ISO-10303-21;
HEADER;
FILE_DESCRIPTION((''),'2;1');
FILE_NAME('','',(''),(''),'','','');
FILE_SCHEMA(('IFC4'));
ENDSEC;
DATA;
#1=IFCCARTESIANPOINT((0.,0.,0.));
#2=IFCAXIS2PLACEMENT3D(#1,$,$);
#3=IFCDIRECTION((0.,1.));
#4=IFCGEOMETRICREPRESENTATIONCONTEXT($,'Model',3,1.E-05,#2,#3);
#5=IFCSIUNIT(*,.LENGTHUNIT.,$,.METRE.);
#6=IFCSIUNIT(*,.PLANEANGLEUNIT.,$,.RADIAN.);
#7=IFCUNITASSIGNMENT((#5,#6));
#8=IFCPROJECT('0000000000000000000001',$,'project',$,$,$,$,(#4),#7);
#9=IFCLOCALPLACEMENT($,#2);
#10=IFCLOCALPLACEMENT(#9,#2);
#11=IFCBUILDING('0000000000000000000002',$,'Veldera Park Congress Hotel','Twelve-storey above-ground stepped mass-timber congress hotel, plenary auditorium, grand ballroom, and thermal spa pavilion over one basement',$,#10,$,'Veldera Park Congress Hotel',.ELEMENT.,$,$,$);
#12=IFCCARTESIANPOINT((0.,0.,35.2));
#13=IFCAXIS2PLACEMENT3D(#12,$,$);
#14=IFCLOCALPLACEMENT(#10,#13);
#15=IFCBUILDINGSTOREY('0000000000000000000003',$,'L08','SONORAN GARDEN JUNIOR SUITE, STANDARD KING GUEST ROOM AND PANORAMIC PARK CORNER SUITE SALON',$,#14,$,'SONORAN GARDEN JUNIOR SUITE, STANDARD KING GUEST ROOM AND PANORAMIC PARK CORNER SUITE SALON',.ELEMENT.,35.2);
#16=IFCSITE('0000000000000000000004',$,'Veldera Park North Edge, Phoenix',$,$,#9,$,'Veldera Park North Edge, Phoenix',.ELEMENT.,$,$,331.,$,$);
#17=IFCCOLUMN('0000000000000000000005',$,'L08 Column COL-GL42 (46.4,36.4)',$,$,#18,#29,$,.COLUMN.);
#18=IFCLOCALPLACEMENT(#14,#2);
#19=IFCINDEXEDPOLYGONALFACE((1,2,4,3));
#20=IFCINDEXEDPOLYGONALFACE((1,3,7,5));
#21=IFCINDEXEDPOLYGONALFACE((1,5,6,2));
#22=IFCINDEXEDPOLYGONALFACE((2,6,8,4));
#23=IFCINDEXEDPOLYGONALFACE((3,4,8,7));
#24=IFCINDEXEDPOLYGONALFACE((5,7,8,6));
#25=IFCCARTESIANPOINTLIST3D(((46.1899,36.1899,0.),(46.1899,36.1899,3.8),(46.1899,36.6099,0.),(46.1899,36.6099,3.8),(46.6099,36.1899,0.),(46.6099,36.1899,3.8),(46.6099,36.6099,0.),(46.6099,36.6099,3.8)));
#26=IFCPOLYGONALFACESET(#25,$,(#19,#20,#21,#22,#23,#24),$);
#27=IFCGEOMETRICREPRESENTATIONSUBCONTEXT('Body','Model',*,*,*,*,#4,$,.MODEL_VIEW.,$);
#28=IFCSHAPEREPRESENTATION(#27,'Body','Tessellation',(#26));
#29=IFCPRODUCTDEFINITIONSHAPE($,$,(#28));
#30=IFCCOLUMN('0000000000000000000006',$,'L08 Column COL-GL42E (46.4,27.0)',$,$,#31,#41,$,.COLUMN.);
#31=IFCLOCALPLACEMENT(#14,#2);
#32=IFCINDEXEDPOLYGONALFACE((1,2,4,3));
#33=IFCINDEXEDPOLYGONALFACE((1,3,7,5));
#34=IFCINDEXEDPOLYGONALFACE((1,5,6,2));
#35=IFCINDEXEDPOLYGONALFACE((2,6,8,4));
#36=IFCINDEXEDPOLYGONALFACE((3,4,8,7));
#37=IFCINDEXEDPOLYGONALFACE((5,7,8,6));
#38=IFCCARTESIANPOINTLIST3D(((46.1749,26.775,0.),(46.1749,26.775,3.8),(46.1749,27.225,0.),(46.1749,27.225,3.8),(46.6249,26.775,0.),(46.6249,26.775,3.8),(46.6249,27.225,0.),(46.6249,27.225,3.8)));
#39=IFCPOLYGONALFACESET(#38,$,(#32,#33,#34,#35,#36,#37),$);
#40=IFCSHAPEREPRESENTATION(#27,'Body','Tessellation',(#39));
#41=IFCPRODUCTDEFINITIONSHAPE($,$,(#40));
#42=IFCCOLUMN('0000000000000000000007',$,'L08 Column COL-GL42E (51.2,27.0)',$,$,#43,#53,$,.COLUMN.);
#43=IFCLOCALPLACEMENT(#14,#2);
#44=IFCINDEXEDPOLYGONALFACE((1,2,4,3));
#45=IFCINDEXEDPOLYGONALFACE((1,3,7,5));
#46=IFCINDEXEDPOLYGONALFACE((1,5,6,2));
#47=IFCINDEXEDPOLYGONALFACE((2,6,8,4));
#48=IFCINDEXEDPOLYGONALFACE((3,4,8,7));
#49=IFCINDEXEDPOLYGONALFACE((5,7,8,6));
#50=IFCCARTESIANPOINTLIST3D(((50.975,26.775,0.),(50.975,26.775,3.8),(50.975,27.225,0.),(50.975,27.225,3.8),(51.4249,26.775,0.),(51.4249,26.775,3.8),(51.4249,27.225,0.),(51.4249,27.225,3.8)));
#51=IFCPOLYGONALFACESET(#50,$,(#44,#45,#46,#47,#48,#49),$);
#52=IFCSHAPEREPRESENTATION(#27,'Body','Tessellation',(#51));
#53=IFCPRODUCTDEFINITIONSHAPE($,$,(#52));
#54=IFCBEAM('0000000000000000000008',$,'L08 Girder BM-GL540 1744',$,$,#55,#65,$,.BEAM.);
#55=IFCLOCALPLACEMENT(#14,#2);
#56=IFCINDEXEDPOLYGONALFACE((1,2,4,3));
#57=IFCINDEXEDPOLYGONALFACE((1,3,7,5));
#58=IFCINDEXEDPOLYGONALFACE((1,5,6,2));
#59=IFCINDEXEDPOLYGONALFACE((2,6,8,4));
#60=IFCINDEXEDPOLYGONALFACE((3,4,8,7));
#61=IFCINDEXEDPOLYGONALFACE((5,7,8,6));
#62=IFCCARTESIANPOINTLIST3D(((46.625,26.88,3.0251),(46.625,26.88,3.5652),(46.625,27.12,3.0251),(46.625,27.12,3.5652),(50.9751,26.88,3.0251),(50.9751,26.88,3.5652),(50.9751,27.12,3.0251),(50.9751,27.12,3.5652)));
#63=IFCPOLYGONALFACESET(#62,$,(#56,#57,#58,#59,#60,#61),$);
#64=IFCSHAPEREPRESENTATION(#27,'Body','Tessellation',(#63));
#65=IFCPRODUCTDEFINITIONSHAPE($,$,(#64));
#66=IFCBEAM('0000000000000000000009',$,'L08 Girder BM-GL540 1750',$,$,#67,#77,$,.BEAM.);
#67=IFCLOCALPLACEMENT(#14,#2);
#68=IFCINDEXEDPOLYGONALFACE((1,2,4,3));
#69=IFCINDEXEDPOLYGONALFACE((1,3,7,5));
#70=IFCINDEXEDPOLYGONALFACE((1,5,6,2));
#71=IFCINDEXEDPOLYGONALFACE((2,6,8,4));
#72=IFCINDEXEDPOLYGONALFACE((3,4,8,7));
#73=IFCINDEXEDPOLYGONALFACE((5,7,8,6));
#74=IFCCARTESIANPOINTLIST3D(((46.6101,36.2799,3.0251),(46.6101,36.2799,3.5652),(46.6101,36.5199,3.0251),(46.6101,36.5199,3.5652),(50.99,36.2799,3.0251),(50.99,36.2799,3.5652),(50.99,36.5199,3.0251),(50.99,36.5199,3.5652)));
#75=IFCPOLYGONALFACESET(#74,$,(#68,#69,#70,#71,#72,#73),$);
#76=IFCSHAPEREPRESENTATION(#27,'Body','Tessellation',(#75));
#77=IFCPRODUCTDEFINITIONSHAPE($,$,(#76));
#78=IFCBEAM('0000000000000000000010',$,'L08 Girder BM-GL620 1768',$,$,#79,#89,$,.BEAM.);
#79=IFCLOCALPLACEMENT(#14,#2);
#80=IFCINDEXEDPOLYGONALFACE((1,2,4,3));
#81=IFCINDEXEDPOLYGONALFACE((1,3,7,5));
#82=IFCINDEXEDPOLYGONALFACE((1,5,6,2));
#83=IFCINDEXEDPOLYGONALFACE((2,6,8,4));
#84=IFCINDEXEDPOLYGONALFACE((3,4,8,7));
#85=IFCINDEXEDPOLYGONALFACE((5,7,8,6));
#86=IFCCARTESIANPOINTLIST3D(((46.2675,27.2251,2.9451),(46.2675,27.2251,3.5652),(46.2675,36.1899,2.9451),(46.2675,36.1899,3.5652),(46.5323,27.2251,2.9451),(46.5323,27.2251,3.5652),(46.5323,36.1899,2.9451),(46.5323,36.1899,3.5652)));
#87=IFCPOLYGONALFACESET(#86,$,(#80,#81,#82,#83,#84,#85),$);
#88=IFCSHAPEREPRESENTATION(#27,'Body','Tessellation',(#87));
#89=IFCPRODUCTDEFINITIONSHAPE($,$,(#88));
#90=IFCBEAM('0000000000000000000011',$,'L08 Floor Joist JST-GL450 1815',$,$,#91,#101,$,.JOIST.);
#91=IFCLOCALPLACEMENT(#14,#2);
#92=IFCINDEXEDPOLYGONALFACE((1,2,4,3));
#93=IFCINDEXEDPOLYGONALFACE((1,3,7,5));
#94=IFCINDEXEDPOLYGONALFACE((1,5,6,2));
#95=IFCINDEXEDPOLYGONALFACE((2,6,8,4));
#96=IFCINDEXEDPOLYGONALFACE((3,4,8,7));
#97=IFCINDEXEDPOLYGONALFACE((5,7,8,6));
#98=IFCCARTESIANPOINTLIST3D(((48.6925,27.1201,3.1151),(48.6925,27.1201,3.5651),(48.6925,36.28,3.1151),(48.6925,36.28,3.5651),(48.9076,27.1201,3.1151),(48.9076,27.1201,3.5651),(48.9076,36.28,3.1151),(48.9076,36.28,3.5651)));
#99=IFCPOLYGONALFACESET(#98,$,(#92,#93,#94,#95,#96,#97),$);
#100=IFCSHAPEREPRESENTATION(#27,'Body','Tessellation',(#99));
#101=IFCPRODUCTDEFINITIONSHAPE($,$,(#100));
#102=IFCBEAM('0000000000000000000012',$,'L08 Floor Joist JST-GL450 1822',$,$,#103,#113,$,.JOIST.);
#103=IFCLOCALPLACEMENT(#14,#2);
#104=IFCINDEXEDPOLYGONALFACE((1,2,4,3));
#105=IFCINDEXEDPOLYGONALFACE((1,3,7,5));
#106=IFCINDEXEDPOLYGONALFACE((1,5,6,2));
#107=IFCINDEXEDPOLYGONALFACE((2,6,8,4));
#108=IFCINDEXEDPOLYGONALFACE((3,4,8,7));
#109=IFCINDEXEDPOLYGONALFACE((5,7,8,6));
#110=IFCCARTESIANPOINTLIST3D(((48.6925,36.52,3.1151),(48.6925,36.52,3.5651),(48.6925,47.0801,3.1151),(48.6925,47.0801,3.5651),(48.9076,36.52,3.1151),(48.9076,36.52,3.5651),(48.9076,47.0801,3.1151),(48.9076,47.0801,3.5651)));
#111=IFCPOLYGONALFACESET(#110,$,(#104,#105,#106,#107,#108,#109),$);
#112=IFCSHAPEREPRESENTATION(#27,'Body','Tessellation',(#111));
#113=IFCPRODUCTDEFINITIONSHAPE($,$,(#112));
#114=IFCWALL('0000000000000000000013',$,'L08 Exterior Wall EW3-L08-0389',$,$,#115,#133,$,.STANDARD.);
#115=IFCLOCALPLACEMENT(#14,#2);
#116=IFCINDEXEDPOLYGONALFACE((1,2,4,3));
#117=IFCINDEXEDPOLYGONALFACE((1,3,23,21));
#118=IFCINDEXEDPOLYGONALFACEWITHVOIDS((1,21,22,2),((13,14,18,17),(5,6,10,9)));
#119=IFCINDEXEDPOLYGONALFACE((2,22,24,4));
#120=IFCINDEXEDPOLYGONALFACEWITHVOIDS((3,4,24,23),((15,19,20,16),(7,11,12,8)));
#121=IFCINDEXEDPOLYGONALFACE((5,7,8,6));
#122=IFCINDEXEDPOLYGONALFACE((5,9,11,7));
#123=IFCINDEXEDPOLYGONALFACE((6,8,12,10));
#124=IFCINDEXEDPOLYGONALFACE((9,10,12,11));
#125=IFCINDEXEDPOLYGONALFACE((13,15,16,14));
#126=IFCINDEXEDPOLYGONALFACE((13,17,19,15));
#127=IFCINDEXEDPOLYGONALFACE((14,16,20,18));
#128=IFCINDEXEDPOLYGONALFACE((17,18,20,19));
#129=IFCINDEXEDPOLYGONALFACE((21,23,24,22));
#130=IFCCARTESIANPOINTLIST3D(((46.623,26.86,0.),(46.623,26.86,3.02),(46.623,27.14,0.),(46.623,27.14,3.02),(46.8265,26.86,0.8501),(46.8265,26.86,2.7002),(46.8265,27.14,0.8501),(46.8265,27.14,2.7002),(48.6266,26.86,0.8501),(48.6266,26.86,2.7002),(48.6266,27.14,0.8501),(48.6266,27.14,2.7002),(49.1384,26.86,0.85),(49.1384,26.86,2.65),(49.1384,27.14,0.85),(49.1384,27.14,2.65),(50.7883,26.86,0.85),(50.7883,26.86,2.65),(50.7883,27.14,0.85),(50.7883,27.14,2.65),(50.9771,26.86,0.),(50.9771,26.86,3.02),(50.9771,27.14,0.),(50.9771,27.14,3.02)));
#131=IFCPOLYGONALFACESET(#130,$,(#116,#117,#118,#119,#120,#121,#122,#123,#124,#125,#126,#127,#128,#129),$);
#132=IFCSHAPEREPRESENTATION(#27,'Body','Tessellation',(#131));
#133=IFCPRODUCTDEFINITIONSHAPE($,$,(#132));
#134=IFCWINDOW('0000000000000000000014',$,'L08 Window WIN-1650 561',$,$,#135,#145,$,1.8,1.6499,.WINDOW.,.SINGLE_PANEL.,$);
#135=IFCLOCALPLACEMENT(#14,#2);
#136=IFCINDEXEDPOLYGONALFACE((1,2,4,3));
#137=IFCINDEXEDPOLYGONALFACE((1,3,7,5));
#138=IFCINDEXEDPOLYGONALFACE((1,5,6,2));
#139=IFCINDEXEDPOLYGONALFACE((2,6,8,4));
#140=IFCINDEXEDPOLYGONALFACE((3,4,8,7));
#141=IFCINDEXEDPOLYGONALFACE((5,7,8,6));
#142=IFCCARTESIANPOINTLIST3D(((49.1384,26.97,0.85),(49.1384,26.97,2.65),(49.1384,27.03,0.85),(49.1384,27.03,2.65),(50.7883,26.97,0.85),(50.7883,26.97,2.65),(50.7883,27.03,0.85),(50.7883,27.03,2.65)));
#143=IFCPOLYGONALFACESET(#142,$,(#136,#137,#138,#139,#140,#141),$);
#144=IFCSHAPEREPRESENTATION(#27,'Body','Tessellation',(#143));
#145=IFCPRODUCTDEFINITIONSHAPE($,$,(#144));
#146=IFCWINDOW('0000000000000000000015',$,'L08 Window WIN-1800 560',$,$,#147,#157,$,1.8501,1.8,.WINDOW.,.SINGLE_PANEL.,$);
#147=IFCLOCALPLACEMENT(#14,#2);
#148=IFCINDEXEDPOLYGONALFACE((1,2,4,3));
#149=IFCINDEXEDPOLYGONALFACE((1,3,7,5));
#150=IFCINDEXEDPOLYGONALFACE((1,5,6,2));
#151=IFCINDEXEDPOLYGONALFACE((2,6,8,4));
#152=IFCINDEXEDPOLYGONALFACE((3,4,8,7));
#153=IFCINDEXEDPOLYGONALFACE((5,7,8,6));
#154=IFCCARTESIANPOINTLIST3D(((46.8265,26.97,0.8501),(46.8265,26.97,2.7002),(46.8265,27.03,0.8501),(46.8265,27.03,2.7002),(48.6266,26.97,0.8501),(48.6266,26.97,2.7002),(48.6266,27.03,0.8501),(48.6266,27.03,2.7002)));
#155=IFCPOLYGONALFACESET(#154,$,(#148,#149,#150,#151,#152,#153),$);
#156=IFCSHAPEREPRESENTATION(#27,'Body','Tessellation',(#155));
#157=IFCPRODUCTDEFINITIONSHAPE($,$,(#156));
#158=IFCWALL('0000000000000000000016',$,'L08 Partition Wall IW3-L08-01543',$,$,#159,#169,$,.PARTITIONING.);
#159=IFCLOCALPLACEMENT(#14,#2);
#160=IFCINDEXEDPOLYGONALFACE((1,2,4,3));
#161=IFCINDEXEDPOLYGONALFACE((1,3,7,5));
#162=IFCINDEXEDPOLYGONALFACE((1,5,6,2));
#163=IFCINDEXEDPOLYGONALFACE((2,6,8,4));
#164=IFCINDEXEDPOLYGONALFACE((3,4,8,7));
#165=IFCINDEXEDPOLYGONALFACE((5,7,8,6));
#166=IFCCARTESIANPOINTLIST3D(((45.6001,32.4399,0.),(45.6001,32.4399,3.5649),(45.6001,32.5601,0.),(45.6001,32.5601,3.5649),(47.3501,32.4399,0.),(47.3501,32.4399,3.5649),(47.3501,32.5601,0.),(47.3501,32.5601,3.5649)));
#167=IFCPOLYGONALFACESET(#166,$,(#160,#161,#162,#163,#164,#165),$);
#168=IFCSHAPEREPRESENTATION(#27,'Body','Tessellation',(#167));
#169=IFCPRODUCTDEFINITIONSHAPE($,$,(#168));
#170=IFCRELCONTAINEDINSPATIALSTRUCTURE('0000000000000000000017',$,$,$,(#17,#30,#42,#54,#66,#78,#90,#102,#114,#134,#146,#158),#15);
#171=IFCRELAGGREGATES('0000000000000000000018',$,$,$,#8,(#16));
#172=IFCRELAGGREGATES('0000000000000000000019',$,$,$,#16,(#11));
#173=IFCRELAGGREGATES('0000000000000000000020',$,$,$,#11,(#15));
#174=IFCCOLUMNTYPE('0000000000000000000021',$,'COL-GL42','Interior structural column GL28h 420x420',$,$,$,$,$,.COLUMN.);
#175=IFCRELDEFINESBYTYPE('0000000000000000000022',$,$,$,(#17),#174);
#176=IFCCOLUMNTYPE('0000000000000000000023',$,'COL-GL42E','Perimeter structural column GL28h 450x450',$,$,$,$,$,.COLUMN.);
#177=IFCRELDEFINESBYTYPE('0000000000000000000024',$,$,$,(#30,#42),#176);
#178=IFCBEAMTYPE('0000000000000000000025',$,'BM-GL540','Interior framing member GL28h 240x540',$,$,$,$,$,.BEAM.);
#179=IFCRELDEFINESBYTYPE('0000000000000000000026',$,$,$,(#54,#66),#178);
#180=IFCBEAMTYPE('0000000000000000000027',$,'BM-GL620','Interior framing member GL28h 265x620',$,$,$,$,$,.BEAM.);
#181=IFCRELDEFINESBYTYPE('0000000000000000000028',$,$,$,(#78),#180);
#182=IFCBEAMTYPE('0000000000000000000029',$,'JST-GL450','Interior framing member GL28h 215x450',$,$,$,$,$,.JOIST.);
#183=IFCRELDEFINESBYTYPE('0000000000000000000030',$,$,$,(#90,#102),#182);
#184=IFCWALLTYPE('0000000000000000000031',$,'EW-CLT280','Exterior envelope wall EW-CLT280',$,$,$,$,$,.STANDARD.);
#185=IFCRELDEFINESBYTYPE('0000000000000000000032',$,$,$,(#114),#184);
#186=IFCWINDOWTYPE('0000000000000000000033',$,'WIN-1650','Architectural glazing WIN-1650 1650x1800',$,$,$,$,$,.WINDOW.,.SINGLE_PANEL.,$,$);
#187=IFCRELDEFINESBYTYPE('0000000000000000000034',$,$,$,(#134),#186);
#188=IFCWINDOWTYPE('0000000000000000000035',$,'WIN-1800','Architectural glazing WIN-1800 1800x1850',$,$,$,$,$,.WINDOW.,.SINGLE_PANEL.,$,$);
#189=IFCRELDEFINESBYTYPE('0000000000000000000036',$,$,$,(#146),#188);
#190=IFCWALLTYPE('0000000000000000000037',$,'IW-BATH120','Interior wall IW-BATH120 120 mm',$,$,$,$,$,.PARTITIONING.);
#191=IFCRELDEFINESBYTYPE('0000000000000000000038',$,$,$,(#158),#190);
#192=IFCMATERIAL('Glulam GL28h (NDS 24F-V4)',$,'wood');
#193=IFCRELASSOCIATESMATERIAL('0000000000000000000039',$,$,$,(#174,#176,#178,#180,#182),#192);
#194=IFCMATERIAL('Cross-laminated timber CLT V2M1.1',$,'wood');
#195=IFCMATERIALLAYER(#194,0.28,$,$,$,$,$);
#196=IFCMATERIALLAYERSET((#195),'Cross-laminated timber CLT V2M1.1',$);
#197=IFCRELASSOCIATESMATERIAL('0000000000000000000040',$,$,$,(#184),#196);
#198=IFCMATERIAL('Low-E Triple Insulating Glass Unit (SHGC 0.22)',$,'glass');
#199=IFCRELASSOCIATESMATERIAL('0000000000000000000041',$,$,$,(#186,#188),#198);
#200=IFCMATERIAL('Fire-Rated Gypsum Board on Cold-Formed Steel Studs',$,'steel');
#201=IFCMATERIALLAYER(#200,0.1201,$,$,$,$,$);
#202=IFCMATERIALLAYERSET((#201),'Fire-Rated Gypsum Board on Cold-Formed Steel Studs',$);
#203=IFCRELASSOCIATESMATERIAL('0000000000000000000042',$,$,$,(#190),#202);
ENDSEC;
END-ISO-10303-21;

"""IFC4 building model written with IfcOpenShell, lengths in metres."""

from ifc_helpers import new_model, si_unit, direction, frame, frame_2d, origin, origin_2d, place, context, subcontext, project, spatial, rectangle, extrude, material, layer, layer_set, material_profile, profile_set, type_object, element, fill, save


model = new_model("IFC4")

# Units and contexts
model_context = context("Model", 3, precision=1e-05, world=origin(), true_north=direction((0.0, 1.0)))
body_context = subcontext(model_context, "Body", "Model", "MODEL_VIEW")
ifc_project = project(units=[si_unit("LENGTHUNIT", "METRE"), si_unit("PLANEANGLEUNIT", "RADIAN")], contexts=[model_context])

# Site, building, storey
site_placement = place(None, origin())
site = spatial("IfcSite", under=ifc_project, at=site_placement, Name="Veldera Park North Edge, Phoenix", LongName="Veldera Park North Edge, Phoenix", CompositionType="ELEMENT", RefElevation=331.0)
building_placement = place(site_placement, origin())
building = spatial("IfcBuilding", under=site, at=building_placement, Name="Veldera Park Congress Hotel", Description="Twelve-storey above-ground stepped mass-timber congress hotel, plenary auditorium, grand ballroom, and thermal spa pavilion over one basement", LongName="Veldera Park Congress Hotel", CompositionType="ELEMENT")
storey_placement = place(building_placement, frame((0.0, 0.0, 35.2)))
storey = spatial("IfcBuildingStorey", under=building, at=storey_placement, Name="L08", Description="SONORAN GARDEN JUNIOR SUITE, STANDARD KING GUEST ROOM AND PANORAMIC PARK CORNER SUITE SALON", LongName="SONORAN GARDEN JUNIOR SUITE, STANDARD KING GUEST ROOM AND PANORAMIC PARK CORNER SUITE SALON", CompositionType="ELEMENT", Elevation=35.2)

# Columns
ifc_material_1 = material(Name="Glulam GL28h (NDS 24F-V4)", Category="wood")
ifc_material_profile_1 = material_profile(ifc_material_1, rectangle(XDim=0.4199, YDim=0.4199, at=origin_2d()), Name="GL28h 420x420")
ifc_profile_set_1 = profile_set([ifc_material_profile_1], Name="Glulam GL28h (NDS 24F-V4)")
column_type_1 = type_object("IfcColumnType", Name="COL-GL42", Description="Interior structural column GL28h 420x420", PredefinedType="COLUMN", material=ifc_profile_set_1)
column_placement = place(storey_placement, frame((46.3999, 36.3999, 0.0), z_axis=(0.0, 0.0, 1.0), x_axis=(1.0, 0.0, 0.0)))
element("IfcColumn", 1, at=column_placement, inside=storey, type_object=column_type_1, Name="L08 Column COL-GL42 (46.4,36.4)", PredefinedType="COLUMN", context=body_context, shape_type="SweptSolid", body=[
    extrude(rectangle(XDim=0.4199, YDim=0.4199, at=origin_2d()), origin(), (0.0, 0.0, 1.0), 3.8),
])
ifc_material_profile_2 = material_profile(ifc_material_1, rectangle(XDim=0.45, YDim=0.45, at=origin_2d()), Name="GL28h 450x450")
ifc_profile_set_2 = profile_set([ifc_material_profile_2], Name="Glulam GL28h (NDS 24F-V4)")
column_type_2 = type_object("IfcColumnType", Name="COL-GL42E", Description="Perimeter structural column GL28h 450x450", PredefinedType="COLUMN", material=ifc_profile_set_2)
for number, where, z_axis, x_axis, name in (
    (2, (46.3999, 27.0, 0.0), (0.0, 0.0, 1.0), (1.0, 0.0, 0.0), "L08 Column COL-GL42E (46.4,27.0)"),
    (3, (51.2, 27.0, 0.0), (0.0, 0.0, 1.0), (1.0, 0.0, 0.0), "L08 Column COL-GL42E (51.2,27.0)"),
):
    element("IfcColumn", number, at=place(storey_placement, frame(where, z_axis=z_axis, x_axis=x_axis)), inside=storey, type_object=column_type_2, Name=name, PredefinedType="COLUMN", context=body_context, shape_type="SweptSolid", body=[
        extrude(rectangle(XDim=0.45, YDim=0.45, at=origin_2d()), origin(), (0.0, 0.0, 1.0), 3.8),
    ])

# Beams
ifc_material_profile_3 = material_profile(ifc_material_1, rectangle(XDim=0.24, YDim=0.54, at=origin_2d()), Name="GL28h 240x540")
ifc_profile_set_3 = profile_set([ifc_material_profile_3], Name="Glulam GL28h (NDS 24F-V4)")
beam_type_1 = type_object("IfcBeamType", Name="BM-GL540", Description="Interior framing member GL28h 240x540", PredefinedType="BEAM", material=ifc_profile_set_3)
beam_1_placement = place(storey_placement, frame((46.625, 27.0, 3.2952), z_axis=(1.0, 0.0, 0.0), x_axis=(0.0, 1.0, 0.0)))
element("IfcBeam", 4, at=beam_1_placement, inside=storey, type_object=beam_type_1, Name="L08 Girder BM-GL540 1744", PredefinedType="BEAM", context=body_context, shape_type="SweptSolid", body=[
    extrude(rectangle(XDim=0.24, YDim=0.54, at=origin_2d()), origin(), (0.0, 0.0, 1.0), 4.3501),
])
beam_2_placement = place(storey_placement, frame((46.6101, 36.3999, 3.2952), z_axis=(1.0, 0.0, 0.0), x_axis=(0.0, 1.0, 0.0)))
element("IfcBeam", 5, at=beam_2_placement, inside=storey, type_object=beam_type_1, Name="L08 Girder BM-GL540 1750", PredefinedType="BEAM", context=body_context, shape_type="SweptSolid", body=[
    extrude(rectangle(XDim=0.24, YDim=0.54, at=origin_2d()), origin(), (0.0, 0.0, 1.0), 4.3799),
])
ifc_material_profile_4 = material_profile(ifc_material_1, rectangle(XDim=0.2649, YDim=0.6201, at=origin_2d()), Name="GL28h 265x620")
ifc_profile_set_4 = profile_set([ifc_material_profile_4], Name="Glulam GL28h (NDS 24F-V4)")
beam_type_2 = type_object("IfcBeamType", Name="BM-GL620", Description="Interior framing member GL28h 265x620", PredefinedType="BEAM", material=ifc_profile_set_4)
beam_3_placement = place(storey_placement, frame((46.3999, 27.2251, 3.2551), z_axis=(0.0, 1.0, 0.0), x_axis=(-1.0, 0.0, 0.0)))
element("IfcBeam", 6, at=beam_3_placement, inside=storey, type_object=beam_type_2, Name="L08 Girder BM-GL620 1768", PredefinedType="BEAM", context=body_context, shape_type="SweptSolid", body=[
    extrude(rectangle(XDim=0.2649, YDim=0.6201, at=origin_2d()), origin(), (0.0, 0.0, 1.0), 8.9648),
])
ifc_material_profile_5 = material_profile(ifc_material_1, rectangle(XDim=0.2151, YDim=0.45, at=origin_2d()), Name="GL28h 215x450")
ifc_profile_set_5 = profile_set([ifc_material_profile_5], Name="Glulam GL28h (NDS 24F-V4)")
beam_type_3 = type_object("IfcBeamType", Name="JST-GL450", Description="Interior framing member GL28h 215x450", PredefinedType="JOIST", material=ifc_profile_set_5)
beam_4_placement = place(storey_placement, frame((48.8, 27.1201, 3.3401), z_axis=(0.0, 1.0, 0.0), x_axis=(-1.0, 0.0, 0.0)))
element("IfcBeam", 7, at=beam_4_placement, inside=storey, type_object=beam_type_3, Name="L08 Floor Joist JST-GL450 1815", PredefinedType="JOIST", context=body_context, shape_type="SweptSolid", body=[
    extrude(rectangle(XDim=0.2151, YDim=0.45, at=origin_2d()), origin(), (0.0, 0.0, 1.0), 9.1599),
])
beam_5_placement = place(storey_placement, frame((48.8, 36.52, 3.3401), z_axis=(0.0, 1.0, 0.0), x_axis=(-1.0, 0.0, 0.0)))
element("IfcBeam", 8, at=beam_5_placement, inside=storey, type_object=beam_type_3, Name="L08 Floor Joist JST-GL450 1822", PredefinedType="JOIST", context=body_context, shape_type="SweptSolid", body=[
    extrude(rectangle(XDim=0.2151, YDim=0.45, at=origin_2d()), origin(), (0.0, 0.0, 1.0), 10.5601),
])

# Wall, openings, windows
ifc_material_2 = material(Name="Cross-laminated timber CLT V2M1.1", Category="wood")
ifc_layer_1 = layer(ifc_material_2, 0.28)
ifc_layer_set_1 = layer_set([ifc_layer_1], Name="Cross-laminated timber CLT V2M1.1")
wall_type_1 = type_object("IfcWallType", Name="EW-CLT280", Description="Exterior envelope wall EW-CLT280", PredefinedType="STANDARD", material=ifc_layer_set_1)
wall_1_placement = place(storey_placement, frame((46.623, 27.0, 0.0), z_axis=(0.0, 0.0, 1.0), x_axis=(1.0, 0.0, 0.0)))
wall_1 = element("IfcWall", 9, at=wall_1_placement, inside=storey, type_object=wall_type_1, Name="L08 Exterior Wall EW3-L08-0389", PredefinedType="STANDARD", context=body_context, shape_type="SweptSolid", body=[
    extrude(rectangle(XDim=4.354, YDim=0.28, at=frame_2d((2.177, 0.0))), origin(), (0.0, 0.0, 1.0), 3.02),
])
opening_1_placement = place(wall_1_placement, frame((0.2036, 0.0, 0.8501)))
opening_1 = element("IfcOpeningElement", 10, at=opening_1_placement, cuts=wall_1, PredefinedType="OPENING", context=body_context, shape_type="SweptSolid", body=[
    extrude(rectangle(XDim=1.8, YDim=1.8501, at=frame_2d((0.8999, 0.925))), frame((0.0, 0.1521, 0.0), z_axis=(0.0, -1.0, 0.0), x_axis=(1.0, 0.0, 0.0)), (0.0, 0.0, 1.0), 0.304),
])
opening_2_placement = place(wall_1_placement, frame((2.5154, 0.0, 0.8501)))
opening_2 = element("IfcOpeningElement", 11, at=opening_2_placement, cuts=wall_1, PredefinedType="OPENING", context=body_context, shape_type="SweptSolid", body=[
    extrude(rectangle(XDim=1.6499, YDim=1.8, at=frame_2d((0.825, 0.8999))), frame((0.0, 0.1521, 0.0), z_axis=(0.0, -1.0, 0.0), x_axis=(1.0, 0.0, 0.0)), (0.0, 0.0, 1.0), 0.304),
])
ifc_material_3 = material(Name="Low-E Triple Insulating Glass Unit (SHGC 0.22)", Category="glass")
window_type_1 = type_object("IfcWindowType", Name="WIN-1650", Description="Architectural glazing WIN-1650 1650x1800", PartitioningType="SINGLE_PANEL", PredefinedType="WINDOW", material=ifc_material_3)
window_1_placement = place(opening_2_placement, origin())
window_1 = element("IfcWindow", 12, at=window_1_placement, inside=storey, type_object=window_type_1, Name="L08 Window WIN-1650 561", OverallHeight=1.8, OverallWidth=1.6499, PartitioningType="SINGLE_PANEL", PredefinedType="WINDOW", context=body_context, shape_type="SweptSolid", body=[
    extrude(rectangle(XDim=1.6499, YDim=1.8, at=frame_2d((0.825, 0.8999))), frame((0.0, 0.03, 0.0), z_axis=(0.0, -1.0, 0.0), x_axis=(1.0, 0.0, 0.0)), (0.0, 0.0, 1.0), 0.0601),
])
fill(opening_2, window_1)
window_type_2 = type_object("IfcWindowType", Name="WIN-1800", Description="Architectural glazing WIN-1800 1800x1850", PartitioningType="SINGLE_PANEL", PredefinedType="WINDOW", material=ifc_material_3)
window_2_placement = place(opening_1_placement, origin())
window_2 = element("IfcWindow", 13, at=window_2_placement, inside=storey, type_object=window_type_2, Name="L08 Window WIN-1800 560", OverallHeight=1.8501, OverallWidth=1.8, PartitioningType="SINGLE_PANEL", PredefinedType="WINDOW", context=body_context, shape_type="SweptSolid", body=[
    extrude(rectangle(XDim=1.8, YDim=1.8501, at=frame_2d((0.8999, 0.925))), frame((0.0, 0.03, 0.0), z_axis=(0.0, -1.0, 0.0), x_axis=(1.0, 0.0, 0.0)), (0.0, 0.0, 1.0), 0.0601),
])
fill(opening_1, window_2)

# Wall
ifc_material_4 = material(Name="Fire-Rated Gypsum Board on Cold-Formed Steel Studs", Category="steel")
ifc_layer_2 = layer(ifc_material_4, 0.1201)
ifc_layer_set_2 = layer_set([ifc_layer_2], Name="Fire-Rated Gypsum Board on Cold-Formed Steel Studs")
wall_type_2 = type_object("IfcWallType", Name="IW-BATH120", Description="Interior wall IW-BATH120 120 mm", PredefinedType="PARTITIONING", material=ifc_layer_set_2)
wall_2_placement = place(storey_placement, frame((45.6001, 32.5, 0.0), z_axis=(0.0, 0.0, 1.0), x_axis=(1.0, 0.0, 0.0)))
element("IfcWall", 14, at=wall_2_placement, inside=storey, type_object=wall_type_2, Name="L08 Partition Wall IW3-L08-01543", PredefinedType="PARTITIONING", context=body_context, shape_type="SweptSolid", body=[
    extrude(rectangle(XDim=1.75, YDim=0.1201, at=frame_2d((0.875, 0.0))), origin(), (0.0, 0.0, 1.0), 3.5649),
])

save(model, "model.ifc")
